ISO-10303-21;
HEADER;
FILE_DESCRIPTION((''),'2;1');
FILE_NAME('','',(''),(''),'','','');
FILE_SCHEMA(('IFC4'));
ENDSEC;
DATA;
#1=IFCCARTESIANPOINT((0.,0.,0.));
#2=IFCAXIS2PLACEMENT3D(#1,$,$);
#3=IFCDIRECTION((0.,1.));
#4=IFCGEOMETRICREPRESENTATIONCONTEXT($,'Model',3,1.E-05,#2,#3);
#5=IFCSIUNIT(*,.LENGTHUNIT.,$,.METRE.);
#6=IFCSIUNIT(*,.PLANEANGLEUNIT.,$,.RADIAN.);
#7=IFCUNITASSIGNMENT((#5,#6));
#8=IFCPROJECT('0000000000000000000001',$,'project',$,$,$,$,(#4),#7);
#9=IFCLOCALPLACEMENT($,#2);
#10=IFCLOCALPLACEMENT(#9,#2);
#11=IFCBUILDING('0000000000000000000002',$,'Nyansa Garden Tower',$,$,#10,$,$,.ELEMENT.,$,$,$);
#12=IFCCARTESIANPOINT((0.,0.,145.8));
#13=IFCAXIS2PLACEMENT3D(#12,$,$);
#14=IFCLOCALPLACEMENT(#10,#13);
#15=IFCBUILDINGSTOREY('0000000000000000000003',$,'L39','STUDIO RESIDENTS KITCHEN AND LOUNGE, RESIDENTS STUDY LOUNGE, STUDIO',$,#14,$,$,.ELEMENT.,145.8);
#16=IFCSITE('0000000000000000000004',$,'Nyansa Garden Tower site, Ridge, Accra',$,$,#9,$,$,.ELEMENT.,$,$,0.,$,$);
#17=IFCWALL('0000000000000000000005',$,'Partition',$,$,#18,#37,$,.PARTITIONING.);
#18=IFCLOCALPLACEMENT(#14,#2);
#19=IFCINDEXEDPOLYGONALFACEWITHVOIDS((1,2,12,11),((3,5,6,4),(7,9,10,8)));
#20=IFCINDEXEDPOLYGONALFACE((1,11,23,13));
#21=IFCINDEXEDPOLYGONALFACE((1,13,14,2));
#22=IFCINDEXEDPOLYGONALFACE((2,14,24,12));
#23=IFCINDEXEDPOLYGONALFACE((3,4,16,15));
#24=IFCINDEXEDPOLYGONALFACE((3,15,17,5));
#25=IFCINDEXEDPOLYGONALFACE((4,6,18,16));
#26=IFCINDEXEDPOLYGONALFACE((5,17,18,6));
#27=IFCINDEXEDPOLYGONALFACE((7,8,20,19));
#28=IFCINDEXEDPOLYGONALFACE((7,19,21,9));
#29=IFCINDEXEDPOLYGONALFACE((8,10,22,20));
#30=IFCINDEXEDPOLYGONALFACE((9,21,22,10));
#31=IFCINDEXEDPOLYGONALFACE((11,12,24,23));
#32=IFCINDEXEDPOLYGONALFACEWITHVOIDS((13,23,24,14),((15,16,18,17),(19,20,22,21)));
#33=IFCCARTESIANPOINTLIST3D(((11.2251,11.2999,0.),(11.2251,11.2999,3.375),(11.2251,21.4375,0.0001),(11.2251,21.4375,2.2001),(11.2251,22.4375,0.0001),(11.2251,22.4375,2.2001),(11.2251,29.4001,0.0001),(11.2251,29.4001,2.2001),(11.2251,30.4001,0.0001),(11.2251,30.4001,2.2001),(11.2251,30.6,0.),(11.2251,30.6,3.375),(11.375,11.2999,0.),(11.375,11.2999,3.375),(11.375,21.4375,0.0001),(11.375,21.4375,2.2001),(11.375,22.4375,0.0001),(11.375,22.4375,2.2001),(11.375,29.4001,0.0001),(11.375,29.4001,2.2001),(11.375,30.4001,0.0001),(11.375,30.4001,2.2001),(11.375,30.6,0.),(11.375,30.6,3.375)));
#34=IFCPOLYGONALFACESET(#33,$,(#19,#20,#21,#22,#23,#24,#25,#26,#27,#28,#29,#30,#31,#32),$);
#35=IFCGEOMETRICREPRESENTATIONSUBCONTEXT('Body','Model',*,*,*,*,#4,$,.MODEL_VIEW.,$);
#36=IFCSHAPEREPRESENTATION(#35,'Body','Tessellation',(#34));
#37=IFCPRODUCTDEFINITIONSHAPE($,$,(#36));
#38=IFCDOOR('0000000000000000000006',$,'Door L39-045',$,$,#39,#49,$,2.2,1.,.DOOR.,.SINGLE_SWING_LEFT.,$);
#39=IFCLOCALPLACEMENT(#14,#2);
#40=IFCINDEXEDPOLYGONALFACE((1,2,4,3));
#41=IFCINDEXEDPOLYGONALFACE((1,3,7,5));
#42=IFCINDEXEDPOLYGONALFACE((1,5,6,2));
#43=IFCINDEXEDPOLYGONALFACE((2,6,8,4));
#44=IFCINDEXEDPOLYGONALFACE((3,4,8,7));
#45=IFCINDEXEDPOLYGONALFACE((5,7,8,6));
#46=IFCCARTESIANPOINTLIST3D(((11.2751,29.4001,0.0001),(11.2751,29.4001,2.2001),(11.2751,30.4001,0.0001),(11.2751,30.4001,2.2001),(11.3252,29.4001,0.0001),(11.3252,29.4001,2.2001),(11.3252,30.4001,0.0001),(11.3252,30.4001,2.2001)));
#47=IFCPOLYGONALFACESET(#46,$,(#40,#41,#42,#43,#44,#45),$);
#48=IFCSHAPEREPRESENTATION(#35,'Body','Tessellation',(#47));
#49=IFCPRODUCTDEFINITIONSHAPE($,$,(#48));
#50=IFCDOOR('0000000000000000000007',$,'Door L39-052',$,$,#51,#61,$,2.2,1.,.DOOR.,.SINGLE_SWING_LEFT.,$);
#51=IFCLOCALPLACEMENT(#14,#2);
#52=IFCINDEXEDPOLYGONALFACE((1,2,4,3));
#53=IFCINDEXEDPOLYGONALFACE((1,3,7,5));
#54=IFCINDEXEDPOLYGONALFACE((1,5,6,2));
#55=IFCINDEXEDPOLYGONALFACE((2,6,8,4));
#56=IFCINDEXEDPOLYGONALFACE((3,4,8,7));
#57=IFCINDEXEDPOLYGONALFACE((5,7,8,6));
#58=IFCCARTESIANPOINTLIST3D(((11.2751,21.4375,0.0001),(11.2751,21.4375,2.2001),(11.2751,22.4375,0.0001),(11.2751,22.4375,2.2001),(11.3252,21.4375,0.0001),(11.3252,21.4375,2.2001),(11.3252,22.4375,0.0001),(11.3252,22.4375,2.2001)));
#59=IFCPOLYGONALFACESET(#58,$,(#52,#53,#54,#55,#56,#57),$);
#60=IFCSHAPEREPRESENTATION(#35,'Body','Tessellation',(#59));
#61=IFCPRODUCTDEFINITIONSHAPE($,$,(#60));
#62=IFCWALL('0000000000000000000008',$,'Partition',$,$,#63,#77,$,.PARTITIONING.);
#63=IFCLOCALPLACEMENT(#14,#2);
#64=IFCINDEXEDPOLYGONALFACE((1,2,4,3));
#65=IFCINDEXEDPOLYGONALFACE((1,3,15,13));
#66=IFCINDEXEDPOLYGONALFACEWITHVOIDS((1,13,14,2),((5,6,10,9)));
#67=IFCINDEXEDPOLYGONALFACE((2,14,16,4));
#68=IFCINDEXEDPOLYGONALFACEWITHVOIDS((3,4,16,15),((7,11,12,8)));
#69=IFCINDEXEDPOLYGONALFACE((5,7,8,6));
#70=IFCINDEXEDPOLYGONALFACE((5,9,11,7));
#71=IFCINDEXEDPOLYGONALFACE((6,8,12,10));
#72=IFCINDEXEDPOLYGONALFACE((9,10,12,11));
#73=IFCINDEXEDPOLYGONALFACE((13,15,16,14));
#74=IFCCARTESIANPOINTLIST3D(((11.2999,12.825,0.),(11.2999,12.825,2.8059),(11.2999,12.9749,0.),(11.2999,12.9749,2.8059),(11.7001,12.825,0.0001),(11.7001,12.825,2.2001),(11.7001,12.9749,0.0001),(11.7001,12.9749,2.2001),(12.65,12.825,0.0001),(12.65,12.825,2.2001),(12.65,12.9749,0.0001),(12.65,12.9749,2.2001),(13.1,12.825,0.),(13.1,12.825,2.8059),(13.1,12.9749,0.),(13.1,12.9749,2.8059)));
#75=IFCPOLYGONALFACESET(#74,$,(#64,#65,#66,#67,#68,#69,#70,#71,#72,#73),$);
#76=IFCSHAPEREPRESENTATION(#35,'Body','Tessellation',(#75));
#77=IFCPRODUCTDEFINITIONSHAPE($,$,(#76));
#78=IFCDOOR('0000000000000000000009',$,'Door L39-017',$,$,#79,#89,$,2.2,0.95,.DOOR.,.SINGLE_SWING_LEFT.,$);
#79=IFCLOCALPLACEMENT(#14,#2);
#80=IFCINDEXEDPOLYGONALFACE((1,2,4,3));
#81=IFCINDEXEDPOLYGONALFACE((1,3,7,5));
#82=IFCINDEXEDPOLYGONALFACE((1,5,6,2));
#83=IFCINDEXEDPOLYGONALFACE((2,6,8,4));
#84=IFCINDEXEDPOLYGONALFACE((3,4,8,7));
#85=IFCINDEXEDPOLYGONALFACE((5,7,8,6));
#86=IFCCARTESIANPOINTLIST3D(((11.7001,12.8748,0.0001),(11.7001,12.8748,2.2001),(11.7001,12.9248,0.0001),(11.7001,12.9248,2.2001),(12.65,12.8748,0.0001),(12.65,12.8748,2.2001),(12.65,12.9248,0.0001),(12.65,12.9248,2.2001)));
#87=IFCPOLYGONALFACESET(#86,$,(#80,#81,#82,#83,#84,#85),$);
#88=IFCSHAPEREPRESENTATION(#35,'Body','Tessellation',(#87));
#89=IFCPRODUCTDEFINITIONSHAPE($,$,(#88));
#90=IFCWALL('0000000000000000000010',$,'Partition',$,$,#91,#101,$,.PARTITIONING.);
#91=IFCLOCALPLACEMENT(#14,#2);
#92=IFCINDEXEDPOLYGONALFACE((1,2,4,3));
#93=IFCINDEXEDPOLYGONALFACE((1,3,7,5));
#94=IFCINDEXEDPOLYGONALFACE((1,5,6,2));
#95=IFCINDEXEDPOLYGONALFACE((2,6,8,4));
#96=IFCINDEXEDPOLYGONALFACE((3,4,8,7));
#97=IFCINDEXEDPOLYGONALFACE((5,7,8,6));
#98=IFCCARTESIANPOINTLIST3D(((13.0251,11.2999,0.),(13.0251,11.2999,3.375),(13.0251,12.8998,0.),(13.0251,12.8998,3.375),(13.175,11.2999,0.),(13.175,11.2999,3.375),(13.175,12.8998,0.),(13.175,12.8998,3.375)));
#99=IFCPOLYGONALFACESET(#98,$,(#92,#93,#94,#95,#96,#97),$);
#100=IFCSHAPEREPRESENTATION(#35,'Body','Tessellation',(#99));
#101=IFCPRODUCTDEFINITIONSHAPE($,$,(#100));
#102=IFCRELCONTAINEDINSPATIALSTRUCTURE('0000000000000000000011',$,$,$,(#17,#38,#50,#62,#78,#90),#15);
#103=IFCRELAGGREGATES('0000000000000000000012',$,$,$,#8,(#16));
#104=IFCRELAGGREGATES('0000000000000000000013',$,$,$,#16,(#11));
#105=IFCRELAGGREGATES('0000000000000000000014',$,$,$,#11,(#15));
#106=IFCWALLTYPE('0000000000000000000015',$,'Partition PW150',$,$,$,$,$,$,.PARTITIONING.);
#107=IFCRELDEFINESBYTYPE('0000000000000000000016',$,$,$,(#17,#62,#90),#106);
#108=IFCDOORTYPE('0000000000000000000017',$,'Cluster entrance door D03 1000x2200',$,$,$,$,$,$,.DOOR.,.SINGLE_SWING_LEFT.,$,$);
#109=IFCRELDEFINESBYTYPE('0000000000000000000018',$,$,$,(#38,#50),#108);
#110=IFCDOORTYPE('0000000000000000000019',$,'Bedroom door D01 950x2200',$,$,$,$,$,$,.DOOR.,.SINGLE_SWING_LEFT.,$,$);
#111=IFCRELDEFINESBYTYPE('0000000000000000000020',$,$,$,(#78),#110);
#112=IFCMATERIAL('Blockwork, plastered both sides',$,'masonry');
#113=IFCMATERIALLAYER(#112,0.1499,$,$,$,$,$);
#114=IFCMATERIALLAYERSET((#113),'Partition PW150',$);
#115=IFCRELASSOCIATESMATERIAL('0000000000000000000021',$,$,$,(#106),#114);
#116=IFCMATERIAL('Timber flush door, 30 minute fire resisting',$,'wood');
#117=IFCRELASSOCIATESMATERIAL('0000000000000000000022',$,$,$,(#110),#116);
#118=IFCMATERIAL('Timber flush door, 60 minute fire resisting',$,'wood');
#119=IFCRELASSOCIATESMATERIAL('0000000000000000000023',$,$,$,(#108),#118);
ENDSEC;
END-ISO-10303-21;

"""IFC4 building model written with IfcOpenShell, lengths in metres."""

from ifc_helpers import new_model, si_unit, direction, frame, frame_2d, origin, place, context, subcontext, project, spatial, rectangle, extrude, material, layer, layer_set, type_object, element, fill, save


model = new_model("IFC4")

# Units and contexts
model_context = context("Model", 3, precision=1e-05, world=origin(), true_north=direction((0.0, 1.0)))
body_context = subcontext(model_context, "Body", "Model", "MODEL_VIEW")
ifc_project = project(units=[si_unit("LENGTHUNIT", "METRE"), si_unit("PLANEANGLEUNIT", "RADIAN")], contexts=[model_context])

# Site, building, storey
site_placement = place(None, origin())
site = spatial("IfcSite", under=ifc_project, at=site_placement, Name="Nyansa Garden Tower site, Ridge, Accra", CompositionType="ELEMENT", RefElevation=0.0)
building_placement = place(site_placement, origin())
building = spatial("IfcBuilding", under=site, at=building_placement, Name="Nyansa Garden Tower", CompositionType="ELEMENT")
storey_placement = place(building_placement, frame((0.0, 0.0, 145.8)))
storey = spatial("IfcBuildingStorey", under=building, at=storey_placement, Name="L39", Description="STUDIO RESIDENTS KITCHEN AND LOUNGE, RESIDENTS STUDY LOUNGE, STUDIO", CompositionType="ELEMENT", Elevation=145.8)

# Shared definitions
ifc_material_1 = material(Name="Blockwork, plastered both sides", Category="masonry")
ifc_layer = layer(ifc_material_1, 0.1499)
ifc_layer_set = layer_set([ifc_layer], Name="Partition PW150")
wall_type = type_object("IfcWallType", Name="Partition PW150", PredefinedType="PARTITIONING", material=ifc_layer_set)

# Wall, openings, doors
ifc_material_2 = material(Name="Timber flush door, 30 minute fire resisting", Category="wood")
door_type_1 = type_object("IfcDoorType", Name="Bedroom door D01 950x2200", OperationType="SINGLE_SWING_LEFT", PredefinedType="DOOR", material=ifc_material_2)
ifc_material_3 = material(Name="Timber flush door, 60 minute fire resisting", Category="wood")
door_type_2 = type_object("IfcDoorType", Name="Cluster entrance door D03 1000x2200", OperationType="SINGLE_SWING_LEFT", PredefinedType="DOOR", material=ifc_material_3)
wall_1_placement = place(storey_placement, frame((11.3, 11.3, 0.0), z_axis=(0.0, 0.0, 1.0), x_axis=(0.0, 1.0, 0.0)))
wall_1 = element("IfcWall", 1, at=wall_1_placement, inside=storey, type_object=wall_type, Name="Partition", PredefinedType="PARTITIONING", context=body_context, shape_type="SweptSolid", body=[
    extrude(rectangle(XDim=19.3, YDim=0.1499, at=frame_2d((9.6499, 0.0))), origin(), (0.0, 0.0, 1.0), 3.375),
])
opening_1_placement = place(wall_1_placement, frame((18.1001, 0.0, 0.0)))
opening_1 = element("IfcOpeningElement", 2, at=opening_1_placement, cuts=wall_1, PredefinedType="OPENING", context=body_context, shape_type="SweptSolid", body=[
    extrude(rectangle(XDim=1.0, YDim=2.2, at=frame_2d((0.5, 1.1001))), frame((0.0, 0.085, 0.0), z_axis=(0.0, -1.0, 0.0), x_axis=(1.0, 0.0, 0.0)), (0.0, 0.0, 1.0), 0.1699),
])
opening_2_placement = place(wall_1_placement, frame((10.1375, 0.0, 0.0)))
opening_2 = element("IfcOpeningElement", 3, at=opening_2_placement, cuts=wall_1, PredefinedType="OPENING", context=body_context, shape_type="SweptSolid", body=[
    extrude(rectangle(XDim=1.0, YDim=2.2, at=frame_2d((0.5, 1.1001))), frame((0.0, 0.085, 0.0), z_axis=(0.0, -1.0, 0.0), x_axis=(1.0, 0.0, 0.0)), (0.0, 0.0, 1.0), 0.1699),
])
door_1_placement = place(opening_1_placement, origin())
door_1 = element("IfcDoor", 4, at=door_1_placement, inside=storey, type_object=door_type_2, Name="Door L39-045", OperationType="SINGLE_SWING_LEFT", OverallHeight=2.2, OverallWidth=1.0, PredefinedType="DOOR", context=body_context, shape_type="SweptSolid", body=[
    extrude(rectangle(XDim=1.0, YDim=2.2, at=frame_2d((0.5, 1.1001))), frame((0.0, 0.0249, 0.0), z_axis=(0.0, -1.0, 0.0), x_axis=(1.0, 0.0, 0.0)), (0.0, 0.0, 1.0), 0.05),
])
fill(opening_1, door_1)
door_2_placement = place(opening_2_placement, origin())
door_2 = element("IfcDoor", 5, at=door_2_placement, inside=storey, type_object=door_type_2, Name="Door L39-052", OperationType="SINGLE_SWING_LEFT", OverallHeight=2.2, OverallWidth=1.0, PredefinedType="DOOR", context=body_context, shape_type="SweptSolid", body=[
    extrude(rectangle(XDim=1.0, YDim=2.2, at=frame_2d((0.5, 1.1001))), frame((0.0, 0.0249, 0.0), z_axis=(0.0, -1.0, 0.0), x_axis=(1.0, 0.0, 0.0)), (0.0, 0.0, 1.0), 0.05),
])
fill(opening_2, door_2)

# Wall, opening, door
wall_2_placement = place(storey_placement, frame((11.3, 12.8999, 0.0), z_axis=(0.0, 0.0, 1.0), x_axis=(1.0, 0.0, 0.0)))
wall_2 = element("IfcWall", 6, at=wall_2_placement, inside=storey, type_object=wall_type, Name="Partition", PredefinedType="PARTITIONING", context=body_context, shape_type="SweptSolid", body=[
    extrude(rectangle(XDim=1.8, YDim=0.1499, at=frame_2d((0.8999, 0.0))), origin(), (0.0, 0.0, 1.0), 2.8059),
])
opening_3_placement = place(wall_2_placement, frame((0.3999, 0.0, 0.0)))
opening_3 = element("IfcOpeningElement", 7, at=opening_3_placement, cuts=wall_2, PredefinedType="OPENING", context=body_context, shape_type="SweptSolid", body=[
    extrude(rectangle(XDim=0.95, YDim=2.2, at=frame_2d((0.4751, 1.1001))), frame((0.0, 0.085, 0.0), z_axis=(0.0, -1.0, 0.0), x_axis=(1.0, 0.0, 0.0)), (0.0, 0.0, 1.0), 0.1699),
])
door_3_placement = place(opening_3_placement, origin())
door_3 = element("IfcDoor", 8, at=door_3_placement, inside=storey, type_object=door_type_1, Name="Door L39-017", OperationType="SINGLE_SWING_LEFT", OverallHeight=2.2, OverallWidth=0.95, PredefinedType="DOOR", context=body_context, shape_type="SweptSolid", body=[
    extrude(rectangle(XDim=0.95, YDim=2.2, at=frame_2d((0.4751, 1.1001))), frame((0.0, 0.0249, 0.0), z_axis=(0.0, -1.0, 0.0), x_axis=(1.0, 0.0, 0.0)), (0.0, 0.0, 1.0), 0.05),
])
fill(opening_3, door_3)

# Wall
wall_3_placement = place(storey_placement, frame((13.1001, 11.3, 0.0), z_axis=(0.0, 0.0, 1.0), x_axis=(0.0, 1.0, 0.0)))
element("IfcWall", 9, at=wall_3_placement, inside=storey, type_object=wall_type, Name="Partition", PredefinedType="PARTITIONING", context=body_context, shape_type="SweptSolid", body=[
    extrude(rectangle(XDim=1.5999, YDim=0.1499, at=frame_2d((0.7998, 0.0))), origin(), (0.0, 0.0, 1.0), 3.375),
])

save(model, "model.ifc")
